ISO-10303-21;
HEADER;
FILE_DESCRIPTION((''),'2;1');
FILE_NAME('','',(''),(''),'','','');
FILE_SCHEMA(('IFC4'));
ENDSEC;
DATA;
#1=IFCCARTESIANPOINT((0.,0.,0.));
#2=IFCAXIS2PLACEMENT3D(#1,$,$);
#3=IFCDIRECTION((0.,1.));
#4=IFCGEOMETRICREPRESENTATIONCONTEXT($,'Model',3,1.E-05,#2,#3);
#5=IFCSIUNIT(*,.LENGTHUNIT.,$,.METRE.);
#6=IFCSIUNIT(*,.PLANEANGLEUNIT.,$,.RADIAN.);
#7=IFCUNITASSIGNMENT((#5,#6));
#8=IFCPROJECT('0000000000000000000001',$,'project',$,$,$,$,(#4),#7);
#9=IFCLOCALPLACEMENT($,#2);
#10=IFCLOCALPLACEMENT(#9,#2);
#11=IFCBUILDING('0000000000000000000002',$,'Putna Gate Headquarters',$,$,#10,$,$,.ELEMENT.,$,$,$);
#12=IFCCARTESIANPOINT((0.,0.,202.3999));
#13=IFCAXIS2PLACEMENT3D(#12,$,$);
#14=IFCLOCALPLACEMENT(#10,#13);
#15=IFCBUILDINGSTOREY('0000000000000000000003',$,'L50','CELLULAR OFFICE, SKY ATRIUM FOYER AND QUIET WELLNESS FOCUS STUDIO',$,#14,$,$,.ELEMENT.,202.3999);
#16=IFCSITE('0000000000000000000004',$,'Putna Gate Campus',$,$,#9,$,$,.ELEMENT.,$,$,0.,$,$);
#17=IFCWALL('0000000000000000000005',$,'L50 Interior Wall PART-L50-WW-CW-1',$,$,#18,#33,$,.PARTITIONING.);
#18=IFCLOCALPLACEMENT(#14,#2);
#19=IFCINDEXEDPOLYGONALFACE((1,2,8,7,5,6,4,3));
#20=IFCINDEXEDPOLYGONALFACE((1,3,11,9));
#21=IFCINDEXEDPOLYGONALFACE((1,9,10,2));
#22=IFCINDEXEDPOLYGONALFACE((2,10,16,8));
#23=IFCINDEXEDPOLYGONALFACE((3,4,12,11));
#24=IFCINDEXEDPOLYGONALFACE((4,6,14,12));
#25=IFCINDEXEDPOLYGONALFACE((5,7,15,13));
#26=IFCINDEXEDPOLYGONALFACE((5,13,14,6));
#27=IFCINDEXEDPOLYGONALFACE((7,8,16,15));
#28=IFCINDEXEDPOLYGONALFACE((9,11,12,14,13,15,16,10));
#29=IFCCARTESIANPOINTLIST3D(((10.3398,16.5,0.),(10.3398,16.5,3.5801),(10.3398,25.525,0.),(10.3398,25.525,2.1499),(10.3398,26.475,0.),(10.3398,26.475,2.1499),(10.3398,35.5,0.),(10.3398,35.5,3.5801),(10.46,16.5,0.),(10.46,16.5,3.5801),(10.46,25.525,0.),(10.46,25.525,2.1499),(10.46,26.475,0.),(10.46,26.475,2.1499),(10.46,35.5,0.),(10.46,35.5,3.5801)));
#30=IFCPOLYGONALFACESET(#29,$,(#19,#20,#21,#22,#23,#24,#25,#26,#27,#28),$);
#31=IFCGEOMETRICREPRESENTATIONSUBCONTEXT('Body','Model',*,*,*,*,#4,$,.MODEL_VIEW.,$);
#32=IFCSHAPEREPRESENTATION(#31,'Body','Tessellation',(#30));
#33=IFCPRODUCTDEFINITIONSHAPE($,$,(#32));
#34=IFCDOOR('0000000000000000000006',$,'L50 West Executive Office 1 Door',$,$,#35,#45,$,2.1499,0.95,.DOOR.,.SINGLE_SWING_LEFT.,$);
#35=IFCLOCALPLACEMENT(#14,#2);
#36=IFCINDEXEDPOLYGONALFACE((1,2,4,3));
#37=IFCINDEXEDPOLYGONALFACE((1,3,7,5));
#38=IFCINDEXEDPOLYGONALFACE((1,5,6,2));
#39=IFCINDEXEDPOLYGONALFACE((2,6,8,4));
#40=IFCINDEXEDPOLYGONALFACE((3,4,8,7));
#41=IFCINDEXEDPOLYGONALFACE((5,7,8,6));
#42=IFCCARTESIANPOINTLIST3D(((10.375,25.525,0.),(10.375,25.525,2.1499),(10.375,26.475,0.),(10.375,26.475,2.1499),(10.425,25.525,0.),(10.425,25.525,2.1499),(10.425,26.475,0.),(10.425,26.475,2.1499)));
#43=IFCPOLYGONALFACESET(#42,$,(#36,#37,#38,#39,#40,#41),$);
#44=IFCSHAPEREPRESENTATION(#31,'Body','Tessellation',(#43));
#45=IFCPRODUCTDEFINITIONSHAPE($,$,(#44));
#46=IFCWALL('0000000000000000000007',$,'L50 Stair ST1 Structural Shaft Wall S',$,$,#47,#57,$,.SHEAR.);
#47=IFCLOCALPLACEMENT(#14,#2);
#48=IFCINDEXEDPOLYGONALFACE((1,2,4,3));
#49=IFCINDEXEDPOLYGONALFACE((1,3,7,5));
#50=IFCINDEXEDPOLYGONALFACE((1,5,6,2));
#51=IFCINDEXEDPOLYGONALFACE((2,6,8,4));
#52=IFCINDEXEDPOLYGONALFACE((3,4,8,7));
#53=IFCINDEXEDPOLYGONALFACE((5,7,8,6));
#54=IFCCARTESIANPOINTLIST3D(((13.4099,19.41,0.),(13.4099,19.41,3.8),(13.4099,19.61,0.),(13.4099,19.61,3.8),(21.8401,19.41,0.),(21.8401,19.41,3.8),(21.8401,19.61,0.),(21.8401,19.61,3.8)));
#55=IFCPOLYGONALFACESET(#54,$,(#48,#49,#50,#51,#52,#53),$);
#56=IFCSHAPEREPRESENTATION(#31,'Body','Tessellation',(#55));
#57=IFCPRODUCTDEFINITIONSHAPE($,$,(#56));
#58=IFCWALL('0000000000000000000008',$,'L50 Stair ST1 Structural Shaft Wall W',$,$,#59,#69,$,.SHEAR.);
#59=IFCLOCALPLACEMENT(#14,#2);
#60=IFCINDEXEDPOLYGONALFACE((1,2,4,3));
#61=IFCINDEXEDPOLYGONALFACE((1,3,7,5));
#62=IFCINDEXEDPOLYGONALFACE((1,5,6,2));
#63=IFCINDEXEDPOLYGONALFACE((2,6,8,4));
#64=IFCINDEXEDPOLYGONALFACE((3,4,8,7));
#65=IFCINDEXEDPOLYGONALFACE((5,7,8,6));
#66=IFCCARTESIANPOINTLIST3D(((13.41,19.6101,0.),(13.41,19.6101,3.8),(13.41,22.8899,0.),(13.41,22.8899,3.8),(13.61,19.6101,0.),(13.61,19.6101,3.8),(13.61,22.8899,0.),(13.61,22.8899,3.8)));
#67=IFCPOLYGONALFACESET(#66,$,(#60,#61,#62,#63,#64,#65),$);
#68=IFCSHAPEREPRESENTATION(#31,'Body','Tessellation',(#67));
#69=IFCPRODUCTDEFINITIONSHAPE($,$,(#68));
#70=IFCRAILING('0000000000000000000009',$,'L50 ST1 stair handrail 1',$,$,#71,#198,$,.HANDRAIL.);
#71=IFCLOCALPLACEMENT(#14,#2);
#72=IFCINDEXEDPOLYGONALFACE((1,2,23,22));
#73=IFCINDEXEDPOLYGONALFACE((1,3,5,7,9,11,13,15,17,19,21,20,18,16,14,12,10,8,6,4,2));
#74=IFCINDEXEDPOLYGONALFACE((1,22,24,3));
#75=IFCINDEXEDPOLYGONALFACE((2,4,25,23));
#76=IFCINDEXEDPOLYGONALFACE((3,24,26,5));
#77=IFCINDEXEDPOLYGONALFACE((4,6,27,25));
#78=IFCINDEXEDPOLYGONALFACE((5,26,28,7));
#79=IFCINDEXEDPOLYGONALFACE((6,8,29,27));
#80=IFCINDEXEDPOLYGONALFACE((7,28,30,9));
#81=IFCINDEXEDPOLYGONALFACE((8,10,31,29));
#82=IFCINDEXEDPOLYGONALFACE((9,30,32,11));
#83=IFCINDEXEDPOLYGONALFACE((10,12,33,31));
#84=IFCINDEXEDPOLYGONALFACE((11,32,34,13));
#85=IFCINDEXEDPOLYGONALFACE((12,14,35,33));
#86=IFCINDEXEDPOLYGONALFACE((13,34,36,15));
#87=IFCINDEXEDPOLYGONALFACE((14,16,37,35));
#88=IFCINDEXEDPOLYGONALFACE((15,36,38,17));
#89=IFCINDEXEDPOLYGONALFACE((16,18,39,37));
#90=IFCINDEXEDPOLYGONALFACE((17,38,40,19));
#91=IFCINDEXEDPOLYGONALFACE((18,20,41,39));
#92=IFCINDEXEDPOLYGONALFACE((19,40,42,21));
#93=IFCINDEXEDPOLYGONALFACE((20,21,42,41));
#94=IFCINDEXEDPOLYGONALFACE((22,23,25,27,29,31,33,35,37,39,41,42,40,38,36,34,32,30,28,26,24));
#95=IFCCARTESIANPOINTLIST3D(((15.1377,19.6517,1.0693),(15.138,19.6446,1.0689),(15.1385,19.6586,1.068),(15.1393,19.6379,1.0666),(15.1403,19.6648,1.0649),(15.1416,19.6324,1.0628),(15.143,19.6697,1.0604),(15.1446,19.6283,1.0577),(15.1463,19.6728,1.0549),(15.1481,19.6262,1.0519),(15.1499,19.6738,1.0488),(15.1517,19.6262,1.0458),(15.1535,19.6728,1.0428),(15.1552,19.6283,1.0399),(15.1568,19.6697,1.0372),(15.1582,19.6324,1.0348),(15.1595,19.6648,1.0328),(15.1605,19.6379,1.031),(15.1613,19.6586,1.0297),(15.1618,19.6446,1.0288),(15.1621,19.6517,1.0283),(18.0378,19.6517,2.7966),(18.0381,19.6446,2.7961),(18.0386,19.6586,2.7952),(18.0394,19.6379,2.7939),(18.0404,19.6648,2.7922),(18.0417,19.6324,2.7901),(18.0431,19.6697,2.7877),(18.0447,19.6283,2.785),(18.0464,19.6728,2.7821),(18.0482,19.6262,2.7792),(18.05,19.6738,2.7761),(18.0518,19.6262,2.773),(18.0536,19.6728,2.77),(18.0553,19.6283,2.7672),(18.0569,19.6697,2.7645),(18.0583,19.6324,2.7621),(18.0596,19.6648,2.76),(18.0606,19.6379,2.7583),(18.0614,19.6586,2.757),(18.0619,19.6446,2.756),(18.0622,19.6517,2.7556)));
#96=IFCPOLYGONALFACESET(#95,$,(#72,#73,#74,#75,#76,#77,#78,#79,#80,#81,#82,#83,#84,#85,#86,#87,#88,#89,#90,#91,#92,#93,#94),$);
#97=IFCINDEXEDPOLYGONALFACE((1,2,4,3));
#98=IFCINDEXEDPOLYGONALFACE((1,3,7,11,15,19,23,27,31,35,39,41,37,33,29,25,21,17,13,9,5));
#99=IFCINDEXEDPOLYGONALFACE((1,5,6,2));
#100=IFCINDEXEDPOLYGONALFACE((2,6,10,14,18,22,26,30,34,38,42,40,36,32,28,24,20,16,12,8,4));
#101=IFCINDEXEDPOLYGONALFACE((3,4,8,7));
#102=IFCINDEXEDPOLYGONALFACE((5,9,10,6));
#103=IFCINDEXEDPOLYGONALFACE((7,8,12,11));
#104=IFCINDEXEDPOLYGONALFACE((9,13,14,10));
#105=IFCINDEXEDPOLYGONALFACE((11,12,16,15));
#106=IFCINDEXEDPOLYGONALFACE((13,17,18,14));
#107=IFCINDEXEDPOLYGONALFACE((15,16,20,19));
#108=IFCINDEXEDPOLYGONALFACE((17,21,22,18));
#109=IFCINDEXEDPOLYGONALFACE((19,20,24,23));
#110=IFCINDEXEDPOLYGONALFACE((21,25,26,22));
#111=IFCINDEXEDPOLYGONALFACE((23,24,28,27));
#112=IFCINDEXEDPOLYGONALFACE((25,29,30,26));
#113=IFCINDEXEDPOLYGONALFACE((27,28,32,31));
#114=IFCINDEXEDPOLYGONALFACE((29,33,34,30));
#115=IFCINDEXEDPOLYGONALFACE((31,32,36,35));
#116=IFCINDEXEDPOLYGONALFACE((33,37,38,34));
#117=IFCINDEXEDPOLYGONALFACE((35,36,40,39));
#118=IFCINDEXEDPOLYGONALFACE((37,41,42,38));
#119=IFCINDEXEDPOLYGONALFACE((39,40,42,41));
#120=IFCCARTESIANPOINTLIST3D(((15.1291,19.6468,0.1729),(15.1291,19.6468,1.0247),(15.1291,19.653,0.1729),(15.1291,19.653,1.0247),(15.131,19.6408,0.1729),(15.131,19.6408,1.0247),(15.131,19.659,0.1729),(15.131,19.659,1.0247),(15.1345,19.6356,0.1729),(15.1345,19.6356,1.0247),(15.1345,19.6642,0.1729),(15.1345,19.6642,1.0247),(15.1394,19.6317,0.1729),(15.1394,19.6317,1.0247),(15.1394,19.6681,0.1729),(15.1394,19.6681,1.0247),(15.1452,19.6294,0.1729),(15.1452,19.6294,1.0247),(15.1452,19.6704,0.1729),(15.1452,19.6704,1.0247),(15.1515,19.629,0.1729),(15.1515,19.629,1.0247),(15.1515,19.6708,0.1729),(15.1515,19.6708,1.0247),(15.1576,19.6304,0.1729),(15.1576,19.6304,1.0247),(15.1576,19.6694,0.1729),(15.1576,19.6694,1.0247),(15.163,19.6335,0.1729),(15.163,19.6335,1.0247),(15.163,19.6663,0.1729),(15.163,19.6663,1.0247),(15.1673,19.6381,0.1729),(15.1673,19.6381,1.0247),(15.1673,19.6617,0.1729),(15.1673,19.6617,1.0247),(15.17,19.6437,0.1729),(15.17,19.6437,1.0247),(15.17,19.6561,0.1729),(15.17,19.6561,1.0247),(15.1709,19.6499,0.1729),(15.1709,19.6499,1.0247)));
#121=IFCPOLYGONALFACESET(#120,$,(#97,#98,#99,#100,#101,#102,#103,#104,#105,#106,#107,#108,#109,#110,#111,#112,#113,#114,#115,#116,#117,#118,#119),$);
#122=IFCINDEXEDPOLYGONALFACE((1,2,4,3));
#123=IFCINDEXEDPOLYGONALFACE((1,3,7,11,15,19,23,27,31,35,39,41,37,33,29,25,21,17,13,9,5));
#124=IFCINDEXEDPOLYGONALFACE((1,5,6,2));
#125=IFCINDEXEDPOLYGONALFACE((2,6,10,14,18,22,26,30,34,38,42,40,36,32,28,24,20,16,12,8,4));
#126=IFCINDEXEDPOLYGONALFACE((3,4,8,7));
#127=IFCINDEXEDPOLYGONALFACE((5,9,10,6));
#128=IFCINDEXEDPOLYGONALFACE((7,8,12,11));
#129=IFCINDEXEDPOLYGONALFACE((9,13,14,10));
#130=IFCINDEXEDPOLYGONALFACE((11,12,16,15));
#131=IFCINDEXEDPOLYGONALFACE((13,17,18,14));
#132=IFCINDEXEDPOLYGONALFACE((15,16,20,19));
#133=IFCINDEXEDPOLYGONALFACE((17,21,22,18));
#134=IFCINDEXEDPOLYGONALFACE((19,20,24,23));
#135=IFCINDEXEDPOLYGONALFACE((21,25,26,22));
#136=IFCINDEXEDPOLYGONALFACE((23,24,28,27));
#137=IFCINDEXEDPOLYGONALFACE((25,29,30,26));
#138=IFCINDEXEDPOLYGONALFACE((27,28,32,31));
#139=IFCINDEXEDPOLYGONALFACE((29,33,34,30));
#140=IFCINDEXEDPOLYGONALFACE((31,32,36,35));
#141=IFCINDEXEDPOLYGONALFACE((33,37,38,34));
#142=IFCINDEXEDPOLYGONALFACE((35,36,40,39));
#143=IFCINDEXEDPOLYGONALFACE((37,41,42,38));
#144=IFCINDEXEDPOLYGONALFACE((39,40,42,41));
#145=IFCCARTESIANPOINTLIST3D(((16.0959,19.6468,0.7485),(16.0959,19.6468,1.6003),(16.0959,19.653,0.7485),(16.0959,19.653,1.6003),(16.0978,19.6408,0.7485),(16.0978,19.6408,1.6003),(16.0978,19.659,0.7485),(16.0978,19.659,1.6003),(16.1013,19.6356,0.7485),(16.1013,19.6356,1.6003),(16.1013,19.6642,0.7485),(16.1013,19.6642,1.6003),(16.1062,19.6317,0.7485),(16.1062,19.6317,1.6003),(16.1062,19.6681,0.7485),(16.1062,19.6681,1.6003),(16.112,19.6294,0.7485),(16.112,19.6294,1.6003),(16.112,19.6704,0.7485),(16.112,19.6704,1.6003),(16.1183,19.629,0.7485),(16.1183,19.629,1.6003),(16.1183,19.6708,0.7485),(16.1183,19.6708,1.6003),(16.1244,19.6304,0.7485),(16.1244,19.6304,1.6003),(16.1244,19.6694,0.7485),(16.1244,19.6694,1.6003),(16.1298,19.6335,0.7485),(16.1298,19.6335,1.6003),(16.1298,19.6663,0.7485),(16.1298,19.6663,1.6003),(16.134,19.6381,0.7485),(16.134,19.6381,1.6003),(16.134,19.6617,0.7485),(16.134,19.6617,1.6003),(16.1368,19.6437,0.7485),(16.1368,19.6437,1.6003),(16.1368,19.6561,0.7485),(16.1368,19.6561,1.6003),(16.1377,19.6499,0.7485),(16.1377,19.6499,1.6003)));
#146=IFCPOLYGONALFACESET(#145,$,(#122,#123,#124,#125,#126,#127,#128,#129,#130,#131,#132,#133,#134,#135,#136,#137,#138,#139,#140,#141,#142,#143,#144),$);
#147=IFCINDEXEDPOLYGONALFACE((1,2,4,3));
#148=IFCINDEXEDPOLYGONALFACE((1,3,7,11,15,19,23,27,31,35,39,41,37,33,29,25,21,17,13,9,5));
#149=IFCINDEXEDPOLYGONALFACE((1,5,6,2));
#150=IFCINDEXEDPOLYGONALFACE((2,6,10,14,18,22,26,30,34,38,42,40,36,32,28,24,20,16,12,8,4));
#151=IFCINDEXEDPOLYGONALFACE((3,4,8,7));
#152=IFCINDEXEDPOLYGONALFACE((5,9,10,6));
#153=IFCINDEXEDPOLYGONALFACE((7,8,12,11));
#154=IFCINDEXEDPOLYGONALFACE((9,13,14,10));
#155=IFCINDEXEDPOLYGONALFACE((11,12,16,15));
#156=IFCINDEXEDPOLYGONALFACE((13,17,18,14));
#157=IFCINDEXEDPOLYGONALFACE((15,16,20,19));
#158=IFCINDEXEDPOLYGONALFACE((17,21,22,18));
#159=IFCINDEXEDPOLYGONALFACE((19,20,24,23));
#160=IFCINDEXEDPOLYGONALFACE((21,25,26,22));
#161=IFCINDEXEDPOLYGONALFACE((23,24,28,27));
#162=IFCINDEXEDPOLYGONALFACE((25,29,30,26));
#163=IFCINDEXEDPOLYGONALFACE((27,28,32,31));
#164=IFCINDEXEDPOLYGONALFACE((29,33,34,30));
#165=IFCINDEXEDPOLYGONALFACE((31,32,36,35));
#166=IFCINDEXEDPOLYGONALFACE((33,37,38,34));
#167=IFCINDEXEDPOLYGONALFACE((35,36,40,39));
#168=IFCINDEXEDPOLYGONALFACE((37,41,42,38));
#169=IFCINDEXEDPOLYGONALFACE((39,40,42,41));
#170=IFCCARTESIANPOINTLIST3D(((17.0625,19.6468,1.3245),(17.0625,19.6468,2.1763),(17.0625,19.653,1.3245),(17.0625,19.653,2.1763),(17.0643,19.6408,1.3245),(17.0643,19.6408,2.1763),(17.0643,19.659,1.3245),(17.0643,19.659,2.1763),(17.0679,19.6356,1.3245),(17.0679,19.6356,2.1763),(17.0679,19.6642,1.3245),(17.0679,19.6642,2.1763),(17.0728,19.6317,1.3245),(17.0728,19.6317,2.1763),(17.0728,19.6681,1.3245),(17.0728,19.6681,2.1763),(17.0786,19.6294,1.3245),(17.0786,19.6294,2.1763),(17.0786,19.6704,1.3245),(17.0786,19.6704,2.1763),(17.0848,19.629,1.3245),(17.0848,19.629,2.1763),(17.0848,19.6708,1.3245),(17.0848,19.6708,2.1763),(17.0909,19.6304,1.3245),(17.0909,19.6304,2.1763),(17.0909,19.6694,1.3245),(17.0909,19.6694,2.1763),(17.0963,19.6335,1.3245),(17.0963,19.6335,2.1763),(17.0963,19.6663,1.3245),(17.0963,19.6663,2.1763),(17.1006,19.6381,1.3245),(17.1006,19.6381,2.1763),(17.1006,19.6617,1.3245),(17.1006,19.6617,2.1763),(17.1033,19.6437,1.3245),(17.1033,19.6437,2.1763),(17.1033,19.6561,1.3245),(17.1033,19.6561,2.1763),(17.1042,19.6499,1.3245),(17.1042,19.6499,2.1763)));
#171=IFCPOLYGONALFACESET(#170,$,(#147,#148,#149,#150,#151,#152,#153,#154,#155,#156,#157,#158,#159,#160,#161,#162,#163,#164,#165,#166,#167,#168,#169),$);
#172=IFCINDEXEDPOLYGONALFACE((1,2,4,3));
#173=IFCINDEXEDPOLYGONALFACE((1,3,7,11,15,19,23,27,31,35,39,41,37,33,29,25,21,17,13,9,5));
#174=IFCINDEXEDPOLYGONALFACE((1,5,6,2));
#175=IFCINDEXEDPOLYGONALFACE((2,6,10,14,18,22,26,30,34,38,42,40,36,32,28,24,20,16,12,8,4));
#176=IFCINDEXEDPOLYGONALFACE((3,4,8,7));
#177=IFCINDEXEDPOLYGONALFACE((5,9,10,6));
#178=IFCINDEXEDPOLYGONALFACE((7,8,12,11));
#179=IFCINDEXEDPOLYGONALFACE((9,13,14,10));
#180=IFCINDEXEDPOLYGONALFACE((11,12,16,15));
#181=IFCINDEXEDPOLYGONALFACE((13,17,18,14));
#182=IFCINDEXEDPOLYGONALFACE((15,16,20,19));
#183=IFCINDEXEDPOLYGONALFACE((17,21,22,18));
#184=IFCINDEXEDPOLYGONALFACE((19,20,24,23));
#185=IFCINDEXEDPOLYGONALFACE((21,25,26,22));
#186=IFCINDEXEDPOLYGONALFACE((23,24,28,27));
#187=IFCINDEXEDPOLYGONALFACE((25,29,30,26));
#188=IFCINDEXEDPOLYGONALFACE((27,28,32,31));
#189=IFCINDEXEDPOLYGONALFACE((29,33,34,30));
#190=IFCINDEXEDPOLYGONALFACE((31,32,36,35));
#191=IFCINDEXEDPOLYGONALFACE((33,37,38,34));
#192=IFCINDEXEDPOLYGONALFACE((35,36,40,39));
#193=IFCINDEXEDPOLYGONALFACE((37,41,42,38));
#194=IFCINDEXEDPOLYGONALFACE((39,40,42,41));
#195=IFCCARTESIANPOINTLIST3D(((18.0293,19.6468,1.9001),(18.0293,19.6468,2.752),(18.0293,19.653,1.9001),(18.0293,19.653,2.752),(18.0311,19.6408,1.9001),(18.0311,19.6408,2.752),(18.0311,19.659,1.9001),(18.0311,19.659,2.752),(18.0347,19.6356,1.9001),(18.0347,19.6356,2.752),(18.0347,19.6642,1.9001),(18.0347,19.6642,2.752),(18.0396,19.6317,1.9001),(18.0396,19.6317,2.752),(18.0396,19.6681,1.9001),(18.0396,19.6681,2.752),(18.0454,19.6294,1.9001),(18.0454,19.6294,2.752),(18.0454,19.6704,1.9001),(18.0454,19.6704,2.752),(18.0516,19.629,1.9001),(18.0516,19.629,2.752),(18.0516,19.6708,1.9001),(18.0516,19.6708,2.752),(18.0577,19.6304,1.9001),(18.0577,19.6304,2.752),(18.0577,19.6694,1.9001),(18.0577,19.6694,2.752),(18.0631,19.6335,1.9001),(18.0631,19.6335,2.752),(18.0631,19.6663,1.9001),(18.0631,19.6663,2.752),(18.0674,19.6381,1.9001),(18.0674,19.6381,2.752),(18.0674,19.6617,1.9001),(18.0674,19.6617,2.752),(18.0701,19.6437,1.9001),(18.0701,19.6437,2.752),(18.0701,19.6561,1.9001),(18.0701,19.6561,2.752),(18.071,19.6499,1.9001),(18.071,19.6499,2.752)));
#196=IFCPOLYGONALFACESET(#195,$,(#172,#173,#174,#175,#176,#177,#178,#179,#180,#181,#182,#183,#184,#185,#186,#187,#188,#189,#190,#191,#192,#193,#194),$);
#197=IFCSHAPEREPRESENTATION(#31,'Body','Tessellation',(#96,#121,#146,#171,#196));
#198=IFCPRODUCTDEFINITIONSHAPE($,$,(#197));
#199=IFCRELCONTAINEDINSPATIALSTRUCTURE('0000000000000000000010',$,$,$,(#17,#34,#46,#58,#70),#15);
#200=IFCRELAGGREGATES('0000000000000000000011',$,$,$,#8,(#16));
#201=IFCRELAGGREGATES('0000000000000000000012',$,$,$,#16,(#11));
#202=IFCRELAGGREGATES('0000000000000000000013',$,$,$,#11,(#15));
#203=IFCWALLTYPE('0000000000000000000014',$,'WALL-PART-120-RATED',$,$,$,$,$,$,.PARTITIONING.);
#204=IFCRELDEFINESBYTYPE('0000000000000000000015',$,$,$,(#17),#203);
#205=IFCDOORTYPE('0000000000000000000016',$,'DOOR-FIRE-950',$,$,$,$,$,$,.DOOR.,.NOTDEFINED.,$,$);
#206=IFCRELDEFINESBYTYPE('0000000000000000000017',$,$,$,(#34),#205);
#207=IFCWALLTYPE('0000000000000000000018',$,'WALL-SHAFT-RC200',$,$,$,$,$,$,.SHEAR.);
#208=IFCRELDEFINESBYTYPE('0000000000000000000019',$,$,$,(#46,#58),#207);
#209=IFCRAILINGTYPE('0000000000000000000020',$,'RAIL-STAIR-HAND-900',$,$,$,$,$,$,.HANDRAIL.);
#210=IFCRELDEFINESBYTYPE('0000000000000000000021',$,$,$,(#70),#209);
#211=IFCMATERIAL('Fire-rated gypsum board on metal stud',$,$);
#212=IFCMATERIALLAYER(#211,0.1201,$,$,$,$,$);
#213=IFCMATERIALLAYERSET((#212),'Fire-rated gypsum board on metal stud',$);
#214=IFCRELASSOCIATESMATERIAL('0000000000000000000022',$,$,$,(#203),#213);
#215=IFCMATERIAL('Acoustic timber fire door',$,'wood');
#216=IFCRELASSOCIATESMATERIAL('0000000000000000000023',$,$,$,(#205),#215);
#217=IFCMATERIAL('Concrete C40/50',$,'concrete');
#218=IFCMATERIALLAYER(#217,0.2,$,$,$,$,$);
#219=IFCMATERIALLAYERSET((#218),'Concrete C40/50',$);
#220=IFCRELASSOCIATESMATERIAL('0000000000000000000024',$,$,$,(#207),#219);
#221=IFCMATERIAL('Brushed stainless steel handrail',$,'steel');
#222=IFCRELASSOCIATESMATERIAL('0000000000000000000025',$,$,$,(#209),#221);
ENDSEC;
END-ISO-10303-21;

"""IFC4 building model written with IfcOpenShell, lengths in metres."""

from ifc_helpers import new_model, si_unit, direction, frame, frame_2d, origin, origin_2d, place, context, subcontext, project, spatial, rectangle, circle, extrude, material, layer, layer_set, type_object, element, fill, save


model = new_model("IFC4")

# Units and contexts
model_context = context("Model", 3, precision=1e-05, world=origin(), true_north=direction((0.0, 1.0)))
body_context = subcontext(model_context, "Body", "Model", "MODEL_VIEW")
ifc_project = project(units=[si_unit("LENGTHUNIT", "METRE"), si_unit("PLANEANGLEUNIT", "RADIAN")], contexts=[model_context])

# Site, building, storey
site_placement = place(None, origin())
site = spatial("IfcSite", under=ifc_project, at=site_placement, Name="Putna Gate Campus", CompositionType="ELEMENT", RefElevation=0.0)
building_placement = place(site_placement, origin())
building = spatial("IfcBuilding", under=site, at=building_placement, Name="Putna Gate Headquarters", CompositionType="ELEMENT")
storey_placement = place(building_placement, frame((0.0, 0.0, 202.3999)))
storey = spatial("IfcBuildingStorey", under=building, at=storey_placement, Name="L50", Description="CELLULAR OFFICE, SKY ATRIUM FOYER AND QUIET WELLNESS FOCUS STUDIO", CompositionType="ELEMENT", Elevation=202.3999)

# Wall, opening, door
ifc_material_1 = material(Name="Fire-rated gypsum board on metal stud")
ifc_layer_1 = layer(ifc_material_1, 0.1201)
ifc_layer_set_1 = layer_set([ifc_layer_1], Name="Fire-rated gypsum board on metal stud")
wall_type_1 = type_object("IfcWallType", Name="WALL-PART-120-RATED", PredefinedType="PARTITIONING", material=ifc_layer_set_1)
ifc_material_2 = material(Name="Acoustic timber fire door", Category="wood")
door_type_1 = type_object("IfcDoorType", Name="DOOR-FIRE-950", OperationType="NOTDEFINED", PredefinedType="DOOR", material=ifc_material_2)
wall_1_placement = place(storey_placement, frame((10.3999, 16.5, 0.0), z_axis=(0.0, 0.0, 1.0), x_axis=(0.0, 1.0, 0.0)))
wall_1 = element("IfcWall", 1, at=wall_1_placement, inside=storey, type_object=wall_type_1, Name="L50 Interior Wall PART-L50-WW-CW-1", PredefinedType="PARTITIONING", context=body_context, shape_type="SweptSolid", body=[
    extrude(rectangle(XDim=19.0, YDim=0.1201, at=frame_2d((9.5, 0.0))), origin(), (0.0, 0.0, 1.0), 3.5801),
])
opening_1_placement = place(wall_1_placement, frame((9.0249, 0.0, 0.0)))
opening_1 = element("IfcOpeningElement", 2, at=opening_1_placement, cuts=wall_1, PredefinedType="OPENING", context=body_context, shape_type="SweptSolid", body=[
    extrude(rectangle(XDim=0.95, YDim=2.1499, at=frame_2d((0.4751, 1.075))), frame((0.0, 0.0701, 0.0), z_axis=(0.0, -1.0, 0.0), x_axis=(1.0, 0.0, 0.0)), (0.0, 0.0, 1.0), 0.1401),
])
door_1_placement = place(opening_1_placement, origin())
door_1 = element("IfcDoor", 3, at=door_1_placement, inside=storey, type_object=door_type_1, Name="L50 West Executive Office 1 Door", OperationType="SINGLE_SWING_LEFT", OverallHeight=2.1499, OverallWidth=0.95, PredefinedType="DOOR", context=body_context, shape_type="SweptSolid", body=[
    extrude(rectangle(XDim=0.95, YDim=2.1499, at=frame_2d((0.4751, 1.075))), frame((0.0, 0.0249, 0.0), z_axis=(0.0, -1.0, 0.0), x_axis=(1.0, 0.0, 0.0)), (0.0, 0.0, 1.0), 0.05),
])
fill(opening_1, door_1)

# Walls
ifc_material_3 = material(Name="Concrete C40/50", Category="concrete")
ifc_layer_2 = layer(ifc_material_3, 0.2)
ifc_layer_set_2 = layer_set([ifc_layer_2], Name="Concrete C40/50")
wall_type_2 = type_object("IfcWallType", Name="WALL-SHAFT-RC200", PredefinedType="SHEAR", material=ifc_layer_set_2)
wall_2_placement = place(storey_placement, frame((13.4099, 19.51, 0.0), z_axis=(0.0, 0.0, 1.0), x_axis=(1.0, 0.0, 0.0)))
element("IfcWall", 4, at=wall_2_placement, inside=storey, type_object=wall_type_2, Name="L50 Stair ST1 Structural Shaft Wall S", PredefinedType="SHEAR", context=body_context, shape_type="SweptSolid", body=[
    extrude(rectangle(XDim=8.4302, YDim=0.2, at=frame_2d((4.2151, 0.0))), origin(), (0.0, 0.0, 1.0), 3.8),
])
wall_3_placement = place(storey_placement, frame((13.51, 19.6101, 0.0), z_axis=(0.0, 0.0, 1.0), x_axis=(0.0, 1.0, 0.0)))
element("IfcWall", 5, at=wall_3_placement, inside=storey, type_object=wall_type_2, Name="L50 Stair ST1 Structural Shaft Wall W", PredefinedType="SHEAR", context=body_context, shape_type="SweptSolid", body=[
    extrude(rectangle(XDim=3.2798, YDim=0.2, at=frame_2d((1.6399, 0.0))), origin(), (0.0, 0.0, 1.0), 3.8),
])

# Railing
ifc_material_4 = material(Name="Brushed stainless steel handrail", Category="steel")
railing_type = type_object("IfcRailingType", Name="RAIL-STAIR-HAND-900", PredefinedType="HANDRAIL", material=ifc_material_4)
railing_placement = place(storey_placement, frame((15.1499, 19.6499, 0.1729)))
element("IfcRailing", 6, at=railing_placement, inside=storey, type_object=railing_type, Name="L50 ST1 stair handrail 1", PredefinedType="HANDRAIL", context=body_context, shape_type="SweptSolid", body=[
    extrude(circle(Radius=0.0239, at=origin_2d()), frame((0.0, 0.0, 0.876), z_axis=(0.85916, 0.0, 0.511706), x_axis=(0.0, 1.0, 0.0)), (0.0, 0.0, 1.0), 3.3755),
    extrude(circle(Radius=0.021, at=origin_2d()), origin(), (0.0, 0.0, 1.0), 0.8518),
    extrude(circle(Radius=0.021, at=origin_2d()), frame((0.9668, 0.0, 0.5757)), (0.0, 0.0, 1.0), 0.8518),
    extrude(circle(Radius=0.021, at=origin_2d()), frame((1.9333, 0.0, 1.1516)), (0.0, 0.0, 1.0), 0.8518),
    extrude(circle(Radius=0.021, at=origin_2d()), frame((2.9001, 0.0, 1.7273)), (0.0, 0.0, 1.0), 0.8518),
])

save(model, "model.ifc")
